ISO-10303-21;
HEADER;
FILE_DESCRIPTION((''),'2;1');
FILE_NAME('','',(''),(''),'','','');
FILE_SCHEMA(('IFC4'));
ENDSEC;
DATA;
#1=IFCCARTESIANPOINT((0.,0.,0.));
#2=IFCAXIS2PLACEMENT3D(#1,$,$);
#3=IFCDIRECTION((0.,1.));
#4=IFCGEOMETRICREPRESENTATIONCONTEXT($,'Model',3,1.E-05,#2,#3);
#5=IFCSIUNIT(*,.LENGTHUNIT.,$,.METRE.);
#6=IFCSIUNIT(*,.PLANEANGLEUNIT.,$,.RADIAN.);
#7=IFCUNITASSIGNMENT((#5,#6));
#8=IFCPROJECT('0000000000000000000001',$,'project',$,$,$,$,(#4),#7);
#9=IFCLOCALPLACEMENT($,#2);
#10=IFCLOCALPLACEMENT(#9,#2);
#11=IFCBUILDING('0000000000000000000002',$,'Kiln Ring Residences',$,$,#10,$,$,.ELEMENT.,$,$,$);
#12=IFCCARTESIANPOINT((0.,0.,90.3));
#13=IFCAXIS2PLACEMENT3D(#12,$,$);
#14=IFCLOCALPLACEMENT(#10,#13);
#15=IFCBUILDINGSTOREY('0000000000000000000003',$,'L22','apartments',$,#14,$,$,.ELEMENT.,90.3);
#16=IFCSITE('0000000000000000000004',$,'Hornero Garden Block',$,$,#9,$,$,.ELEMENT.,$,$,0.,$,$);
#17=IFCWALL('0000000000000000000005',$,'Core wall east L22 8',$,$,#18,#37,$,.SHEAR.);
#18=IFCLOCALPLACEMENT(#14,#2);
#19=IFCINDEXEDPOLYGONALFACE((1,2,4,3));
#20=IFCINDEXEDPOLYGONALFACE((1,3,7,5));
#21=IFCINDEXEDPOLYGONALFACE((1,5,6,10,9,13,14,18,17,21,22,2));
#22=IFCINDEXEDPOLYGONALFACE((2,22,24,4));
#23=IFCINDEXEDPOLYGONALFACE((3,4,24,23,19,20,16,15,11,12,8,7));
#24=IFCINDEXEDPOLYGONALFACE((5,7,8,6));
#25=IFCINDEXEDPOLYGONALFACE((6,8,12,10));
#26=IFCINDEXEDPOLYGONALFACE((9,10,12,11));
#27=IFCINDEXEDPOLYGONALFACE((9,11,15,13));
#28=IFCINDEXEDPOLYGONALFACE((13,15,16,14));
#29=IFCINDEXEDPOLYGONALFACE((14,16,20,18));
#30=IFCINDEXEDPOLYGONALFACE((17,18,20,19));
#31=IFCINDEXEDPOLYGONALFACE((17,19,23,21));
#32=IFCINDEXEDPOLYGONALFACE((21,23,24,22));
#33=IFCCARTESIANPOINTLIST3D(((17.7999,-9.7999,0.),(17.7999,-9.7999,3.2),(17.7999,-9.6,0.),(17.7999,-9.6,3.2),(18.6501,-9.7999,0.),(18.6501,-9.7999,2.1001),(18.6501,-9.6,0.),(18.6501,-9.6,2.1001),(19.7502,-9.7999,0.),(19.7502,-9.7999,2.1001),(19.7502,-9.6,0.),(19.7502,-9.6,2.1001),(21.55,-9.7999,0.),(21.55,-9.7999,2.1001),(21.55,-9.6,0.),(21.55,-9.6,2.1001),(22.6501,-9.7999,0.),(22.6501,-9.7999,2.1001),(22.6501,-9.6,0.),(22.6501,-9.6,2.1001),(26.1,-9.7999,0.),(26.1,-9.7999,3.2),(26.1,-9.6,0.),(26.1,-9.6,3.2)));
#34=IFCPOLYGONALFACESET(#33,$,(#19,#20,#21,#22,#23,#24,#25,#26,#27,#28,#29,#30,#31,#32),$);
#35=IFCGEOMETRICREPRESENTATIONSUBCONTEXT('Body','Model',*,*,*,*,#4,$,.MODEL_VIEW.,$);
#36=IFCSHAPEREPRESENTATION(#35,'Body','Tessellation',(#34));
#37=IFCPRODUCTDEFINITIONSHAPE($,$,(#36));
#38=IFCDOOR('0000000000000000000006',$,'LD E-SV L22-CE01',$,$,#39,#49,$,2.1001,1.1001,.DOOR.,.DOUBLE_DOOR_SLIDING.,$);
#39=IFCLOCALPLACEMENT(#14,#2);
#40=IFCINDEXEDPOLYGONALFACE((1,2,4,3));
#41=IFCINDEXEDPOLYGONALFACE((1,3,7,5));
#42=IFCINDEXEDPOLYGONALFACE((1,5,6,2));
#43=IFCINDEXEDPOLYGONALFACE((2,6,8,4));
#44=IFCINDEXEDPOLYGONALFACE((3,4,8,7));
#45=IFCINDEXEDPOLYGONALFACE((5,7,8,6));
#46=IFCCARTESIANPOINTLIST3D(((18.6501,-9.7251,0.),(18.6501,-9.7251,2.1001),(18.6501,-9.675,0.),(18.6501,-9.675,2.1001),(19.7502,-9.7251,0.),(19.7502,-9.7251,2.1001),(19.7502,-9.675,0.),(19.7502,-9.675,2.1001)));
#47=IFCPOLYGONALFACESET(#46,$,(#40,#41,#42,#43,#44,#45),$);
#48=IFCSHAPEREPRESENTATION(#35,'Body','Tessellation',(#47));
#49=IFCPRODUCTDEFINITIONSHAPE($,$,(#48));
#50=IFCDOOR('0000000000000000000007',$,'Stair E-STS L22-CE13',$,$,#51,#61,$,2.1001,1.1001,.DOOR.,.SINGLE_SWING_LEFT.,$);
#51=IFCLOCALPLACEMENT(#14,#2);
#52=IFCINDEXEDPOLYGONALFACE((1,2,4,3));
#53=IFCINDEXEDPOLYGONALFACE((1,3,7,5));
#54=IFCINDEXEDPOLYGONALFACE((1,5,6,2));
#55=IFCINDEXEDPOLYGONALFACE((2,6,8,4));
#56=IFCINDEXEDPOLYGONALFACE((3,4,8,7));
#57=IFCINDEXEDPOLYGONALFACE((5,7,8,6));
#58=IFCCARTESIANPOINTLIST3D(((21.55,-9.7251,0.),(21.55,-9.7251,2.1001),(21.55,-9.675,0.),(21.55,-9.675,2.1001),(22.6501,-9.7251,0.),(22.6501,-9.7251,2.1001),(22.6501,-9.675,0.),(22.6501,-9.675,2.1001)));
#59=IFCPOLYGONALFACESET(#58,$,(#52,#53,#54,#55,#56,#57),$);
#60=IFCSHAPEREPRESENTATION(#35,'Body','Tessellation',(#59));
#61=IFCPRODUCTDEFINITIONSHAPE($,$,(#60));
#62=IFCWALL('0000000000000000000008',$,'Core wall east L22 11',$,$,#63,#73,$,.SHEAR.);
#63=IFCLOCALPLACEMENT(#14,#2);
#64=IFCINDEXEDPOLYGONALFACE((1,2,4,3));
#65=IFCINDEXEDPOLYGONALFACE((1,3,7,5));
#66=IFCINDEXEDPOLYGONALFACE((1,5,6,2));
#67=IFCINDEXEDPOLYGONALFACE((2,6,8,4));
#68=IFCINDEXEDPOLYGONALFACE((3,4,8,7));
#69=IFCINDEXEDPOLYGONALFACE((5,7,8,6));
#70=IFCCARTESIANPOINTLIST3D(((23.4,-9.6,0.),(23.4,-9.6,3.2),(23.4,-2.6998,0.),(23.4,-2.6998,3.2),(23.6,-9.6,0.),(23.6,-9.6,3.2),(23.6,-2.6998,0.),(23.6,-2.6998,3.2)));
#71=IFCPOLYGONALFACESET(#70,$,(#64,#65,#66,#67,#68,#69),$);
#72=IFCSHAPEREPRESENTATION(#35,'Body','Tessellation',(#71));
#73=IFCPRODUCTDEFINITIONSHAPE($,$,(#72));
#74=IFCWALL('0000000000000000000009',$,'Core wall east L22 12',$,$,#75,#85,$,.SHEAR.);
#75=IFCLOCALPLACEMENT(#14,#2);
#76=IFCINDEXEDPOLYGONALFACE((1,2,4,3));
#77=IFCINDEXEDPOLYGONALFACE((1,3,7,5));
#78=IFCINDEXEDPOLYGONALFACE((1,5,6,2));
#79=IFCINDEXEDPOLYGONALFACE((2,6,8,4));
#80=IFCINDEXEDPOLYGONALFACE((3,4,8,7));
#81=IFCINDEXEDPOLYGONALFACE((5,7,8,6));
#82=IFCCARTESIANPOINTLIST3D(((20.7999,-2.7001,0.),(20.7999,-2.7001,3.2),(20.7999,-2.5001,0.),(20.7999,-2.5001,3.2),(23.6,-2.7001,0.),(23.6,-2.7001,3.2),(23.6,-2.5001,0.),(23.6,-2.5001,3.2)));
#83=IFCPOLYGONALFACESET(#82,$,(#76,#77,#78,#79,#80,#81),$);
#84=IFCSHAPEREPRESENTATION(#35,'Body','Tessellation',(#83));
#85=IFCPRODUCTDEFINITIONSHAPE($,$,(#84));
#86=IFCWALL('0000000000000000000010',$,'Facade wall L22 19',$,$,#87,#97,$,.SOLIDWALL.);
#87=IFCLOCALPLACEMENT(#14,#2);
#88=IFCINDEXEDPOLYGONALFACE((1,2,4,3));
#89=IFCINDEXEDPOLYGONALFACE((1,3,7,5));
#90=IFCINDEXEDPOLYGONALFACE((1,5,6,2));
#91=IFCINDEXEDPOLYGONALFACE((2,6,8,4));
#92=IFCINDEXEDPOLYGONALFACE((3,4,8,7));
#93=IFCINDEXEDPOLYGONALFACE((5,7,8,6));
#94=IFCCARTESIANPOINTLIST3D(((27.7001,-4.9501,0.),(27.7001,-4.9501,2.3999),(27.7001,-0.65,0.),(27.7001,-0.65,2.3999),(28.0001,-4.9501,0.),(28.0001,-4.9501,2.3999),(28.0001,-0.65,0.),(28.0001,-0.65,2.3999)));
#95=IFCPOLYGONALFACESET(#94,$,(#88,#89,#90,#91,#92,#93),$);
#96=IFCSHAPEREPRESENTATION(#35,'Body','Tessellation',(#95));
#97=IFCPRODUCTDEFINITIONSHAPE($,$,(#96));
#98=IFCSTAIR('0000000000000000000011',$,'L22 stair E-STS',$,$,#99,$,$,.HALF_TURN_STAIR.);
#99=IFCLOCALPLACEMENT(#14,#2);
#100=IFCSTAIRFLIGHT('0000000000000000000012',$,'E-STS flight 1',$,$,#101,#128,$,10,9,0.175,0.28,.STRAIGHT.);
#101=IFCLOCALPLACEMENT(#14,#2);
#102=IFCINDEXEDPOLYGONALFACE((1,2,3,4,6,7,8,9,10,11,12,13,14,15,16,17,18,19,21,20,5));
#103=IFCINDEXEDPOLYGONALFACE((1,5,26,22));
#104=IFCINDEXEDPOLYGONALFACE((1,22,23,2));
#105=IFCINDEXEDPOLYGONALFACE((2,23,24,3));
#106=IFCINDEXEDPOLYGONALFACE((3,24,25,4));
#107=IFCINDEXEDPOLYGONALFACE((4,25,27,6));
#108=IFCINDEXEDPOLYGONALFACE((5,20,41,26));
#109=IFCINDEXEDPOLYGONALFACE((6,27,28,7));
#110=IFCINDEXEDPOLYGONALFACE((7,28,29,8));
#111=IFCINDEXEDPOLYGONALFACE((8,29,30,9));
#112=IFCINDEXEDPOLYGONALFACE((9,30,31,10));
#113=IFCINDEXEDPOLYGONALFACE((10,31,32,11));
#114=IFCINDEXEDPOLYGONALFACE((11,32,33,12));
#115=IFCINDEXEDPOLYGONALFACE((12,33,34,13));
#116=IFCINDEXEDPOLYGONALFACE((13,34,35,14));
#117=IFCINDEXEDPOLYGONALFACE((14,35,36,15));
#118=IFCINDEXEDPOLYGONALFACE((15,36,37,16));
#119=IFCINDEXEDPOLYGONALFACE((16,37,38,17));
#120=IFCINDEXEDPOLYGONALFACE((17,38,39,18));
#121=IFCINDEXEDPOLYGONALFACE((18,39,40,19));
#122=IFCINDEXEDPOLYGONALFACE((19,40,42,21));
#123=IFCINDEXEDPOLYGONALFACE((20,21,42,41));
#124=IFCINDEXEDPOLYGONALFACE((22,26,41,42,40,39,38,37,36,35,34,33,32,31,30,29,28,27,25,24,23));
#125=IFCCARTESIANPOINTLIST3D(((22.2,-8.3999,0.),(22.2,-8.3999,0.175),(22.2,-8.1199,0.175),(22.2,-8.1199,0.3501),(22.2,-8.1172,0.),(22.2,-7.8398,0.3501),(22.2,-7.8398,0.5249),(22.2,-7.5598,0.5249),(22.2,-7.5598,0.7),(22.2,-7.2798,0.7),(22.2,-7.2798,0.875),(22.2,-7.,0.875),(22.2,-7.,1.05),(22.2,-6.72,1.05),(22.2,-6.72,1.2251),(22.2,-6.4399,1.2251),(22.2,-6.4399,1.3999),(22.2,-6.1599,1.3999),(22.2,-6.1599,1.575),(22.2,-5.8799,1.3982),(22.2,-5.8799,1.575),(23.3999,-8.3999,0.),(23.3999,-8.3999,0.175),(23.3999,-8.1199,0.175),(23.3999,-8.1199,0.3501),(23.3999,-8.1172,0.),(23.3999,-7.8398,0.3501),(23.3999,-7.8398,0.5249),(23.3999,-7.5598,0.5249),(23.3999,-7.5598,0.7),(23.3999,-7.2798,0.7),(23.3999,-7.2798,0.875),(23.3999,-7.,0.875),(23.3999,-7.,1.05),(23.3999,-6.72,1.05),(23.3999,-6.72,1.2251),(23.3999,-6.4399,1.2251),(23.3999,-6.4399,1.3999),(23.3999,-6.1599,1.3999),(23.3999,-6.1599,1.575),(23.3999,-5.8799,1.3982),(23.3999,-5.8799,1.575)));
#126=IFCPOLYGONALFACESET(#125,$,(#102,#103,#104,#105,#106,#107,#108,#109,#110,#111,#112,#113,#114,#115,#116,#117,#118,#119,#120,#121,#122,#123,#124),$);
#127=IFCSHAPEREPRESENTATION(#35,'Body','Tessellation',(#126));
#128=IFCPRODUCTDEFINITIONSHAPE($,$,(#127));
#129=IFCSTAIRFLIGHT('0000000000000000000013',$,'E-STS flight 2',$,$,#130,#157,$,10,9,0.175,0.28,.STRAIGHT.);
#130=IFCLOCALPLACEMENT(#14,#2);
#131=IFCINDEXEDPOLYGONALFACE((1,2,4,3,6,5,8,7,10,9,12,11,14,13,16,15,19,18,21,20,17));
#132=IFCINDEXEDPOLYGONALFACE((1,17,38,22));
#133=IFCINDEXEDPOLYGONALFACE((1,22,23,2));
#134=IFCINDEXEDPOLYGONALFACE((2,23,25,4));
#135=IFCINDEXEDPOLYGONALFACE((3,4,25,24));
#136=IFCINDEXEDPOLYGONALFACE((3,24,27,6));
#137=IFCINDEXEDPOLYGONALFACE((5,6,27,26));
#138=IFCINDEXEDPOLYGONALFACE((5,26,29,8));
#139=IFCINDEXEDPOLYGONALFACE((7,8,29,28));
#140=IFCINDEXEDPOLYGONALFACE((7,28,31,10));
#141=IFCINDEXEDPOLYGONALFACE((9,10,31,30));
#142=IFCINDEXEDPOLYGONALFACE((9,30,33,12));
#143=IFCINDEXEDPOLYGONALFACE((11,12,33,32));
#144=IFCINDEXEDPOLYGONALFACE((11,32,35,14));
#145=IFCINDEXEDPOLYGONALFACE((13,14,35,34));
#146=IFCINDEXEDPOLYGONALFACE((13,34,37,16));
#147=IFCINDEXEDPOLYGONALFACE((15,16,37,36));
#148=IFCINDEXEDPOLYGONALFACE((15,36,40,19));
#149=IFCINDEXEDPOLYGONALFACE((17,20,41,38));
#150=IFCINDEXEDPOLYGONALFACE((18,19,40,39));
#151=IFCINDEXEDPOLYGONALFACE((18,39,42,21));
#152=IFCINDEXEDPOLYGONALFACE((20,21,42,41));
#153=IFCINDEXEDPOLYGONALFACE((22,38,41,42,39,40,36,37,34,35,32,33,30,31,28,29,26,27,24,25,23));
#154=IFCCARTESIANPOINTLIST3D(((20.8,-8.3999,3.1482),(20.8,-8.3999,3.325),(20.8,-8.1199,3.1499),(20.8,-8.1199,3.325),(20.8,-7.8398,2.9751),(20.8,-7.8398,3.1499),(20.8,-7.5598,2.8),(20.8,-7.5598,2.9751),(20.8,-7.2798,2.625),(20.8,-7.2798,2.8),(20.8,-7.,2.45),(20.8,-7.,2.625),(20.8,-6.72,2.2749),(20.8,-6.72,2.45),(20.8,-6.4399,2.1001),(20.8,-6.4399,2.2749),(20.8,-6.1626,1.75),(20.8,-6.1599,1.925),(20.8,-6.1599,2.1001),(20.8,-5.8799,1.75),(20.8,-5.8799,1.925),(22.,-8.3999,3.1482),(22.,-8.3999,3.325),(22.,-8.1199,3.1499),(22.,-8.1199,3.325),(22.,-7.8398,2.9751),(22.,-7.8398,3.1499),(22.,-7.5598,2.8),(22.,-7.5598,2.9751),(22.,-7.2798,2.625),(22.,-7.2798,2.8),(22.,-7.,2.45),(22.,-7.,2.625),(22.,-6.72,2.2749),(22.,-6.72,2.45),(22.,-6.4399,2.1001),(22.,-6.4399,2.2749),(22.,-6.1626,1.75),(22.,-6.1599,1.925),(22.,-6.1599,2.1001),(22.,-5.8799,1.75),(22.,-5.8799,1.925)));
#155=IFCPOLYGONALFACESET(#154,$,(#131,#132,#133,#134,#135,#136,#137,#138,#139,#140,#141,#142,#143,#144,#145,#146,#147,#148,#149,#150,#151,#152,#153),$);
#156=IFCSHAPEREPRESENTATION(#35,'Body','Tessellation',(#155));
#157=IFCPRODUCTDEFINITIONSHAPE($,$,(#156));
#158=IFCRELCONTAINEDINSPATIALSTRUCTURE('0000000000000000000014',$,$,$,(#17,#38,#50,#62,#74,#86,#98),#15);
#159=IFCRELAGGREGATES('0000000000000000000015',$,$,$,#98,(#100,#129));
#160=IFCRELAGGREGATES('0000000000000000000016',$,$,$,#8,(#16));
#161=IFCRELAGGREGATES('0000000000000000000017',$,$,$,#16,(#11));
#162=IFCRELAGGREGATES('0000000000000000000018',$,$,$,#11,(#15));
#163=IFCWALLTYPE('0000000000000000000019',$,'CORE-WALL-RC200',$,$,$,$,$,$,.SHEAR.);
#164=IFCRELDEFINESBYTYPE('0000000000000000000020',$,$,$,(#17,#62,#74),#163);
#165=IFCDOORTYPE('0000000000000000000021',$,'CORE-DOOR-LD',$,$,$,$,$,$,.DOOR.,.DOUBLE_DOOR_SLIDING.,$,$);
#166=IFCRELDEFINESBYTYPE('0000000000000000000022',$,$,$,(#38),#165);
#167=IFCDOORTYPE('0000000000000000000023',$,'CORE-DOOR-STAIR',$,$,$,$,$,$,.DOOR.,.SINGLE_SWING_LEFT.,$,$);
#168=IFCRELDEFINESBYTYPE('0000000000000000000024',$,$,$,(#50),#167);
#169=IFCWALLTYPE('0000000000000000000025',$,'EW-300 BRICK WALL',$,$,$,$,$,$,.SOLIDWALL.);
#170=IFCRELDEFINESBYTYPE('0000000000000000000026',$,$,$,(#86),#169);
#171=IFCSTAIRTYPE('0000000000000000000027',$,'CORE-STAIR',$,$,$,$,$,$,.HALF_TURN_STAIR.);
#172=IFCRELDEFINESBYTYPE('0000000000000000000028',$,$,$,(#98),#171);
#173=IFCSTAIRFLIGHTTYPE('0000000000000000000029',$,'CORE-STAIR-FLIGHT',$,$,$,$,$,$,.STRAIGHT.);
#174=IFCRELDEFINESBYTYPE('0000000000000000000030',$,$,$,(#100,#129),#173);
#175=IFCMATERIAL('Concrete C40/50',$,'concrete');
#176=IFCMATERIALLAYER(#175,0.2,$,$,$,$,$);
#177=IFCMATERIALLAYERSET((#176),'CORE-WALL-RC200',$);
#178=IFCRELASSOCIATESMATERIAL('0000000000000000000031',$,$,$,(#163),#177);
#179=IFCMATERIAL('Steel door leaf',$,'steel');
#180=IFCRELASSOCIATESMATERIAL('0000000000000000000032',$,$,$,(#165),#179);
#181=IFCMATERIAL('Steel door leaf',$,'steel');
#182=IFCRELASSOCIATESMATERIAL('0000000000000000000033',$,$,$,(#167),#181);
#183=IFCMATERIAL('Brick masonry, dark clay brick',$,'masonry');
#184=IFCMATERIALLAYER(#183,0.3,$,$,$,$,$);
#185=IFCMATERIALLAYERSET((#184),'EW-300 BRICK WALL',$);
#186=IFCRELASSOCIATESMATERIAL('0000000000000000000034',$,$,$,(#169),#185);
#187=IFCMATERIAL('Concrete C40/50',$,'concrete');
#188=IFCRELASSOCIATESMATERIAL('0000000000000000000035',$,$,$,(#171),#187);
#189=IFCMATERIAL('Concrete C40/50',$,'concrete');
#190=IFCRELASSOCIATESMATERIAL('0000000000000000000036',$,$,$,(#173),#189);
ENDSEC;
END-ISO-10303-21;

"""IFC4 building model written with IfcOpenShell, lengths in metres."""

from ifc_helpers import new_model, si_unit, direction, frame, frame_2d, origin, place, context, subcontext, project, spatial, polyline, rectangle, outline, extrude, material, layer, layer_set, type_object, element, fill, aggregate, save


model = new_model("IFC4")

# Units and contexts
model_context = context("Model", 3, precision=1e-05, world=origin(), true_north=direction((0.0, 1.0)))
body_context = subcontext(model_context, "Body", "Model", "MODEL_VIEW")
ifc_project = project(units=[si_unit("LENGTHUNIT", "METRE"), si_unit("PLANEANGLEUNIT", "RADIAN")], contexts=[model_context])

# Site, building, storey
site_placement = place(None, origin())
site = spatial("IfcSite", under=ifc_project, at=site_placement, Name="Hornero Garden Block", CompositionType="ELEMENT", RefElevation=0.0)
building_placement = place(site_placement, origin())
building = spatial("IfcBuilding", under=site, at=building_placement, Name="Kiln Ring Residences", CompositionType="ELEMENT")
storey_placement = place(building_placement, frame((0.0, 0.0, 90.3)))
storey = spatial("IfcBuildingStorey", under=building, at=storey_placement, Name="L22", Description="apartments", CompositionType="ELEMENT", Elevation=90.3)

# Shared definitions
ifc_material_1 = material(Name="Concrete C40/50", Category="concrete")
ifc_layer_1 = layer(ifc_material_1, 0.2)
ifc_layer_set_1 = layer_set([ifc_layer_1], Name="CORE-WALL-RC200")
wall_type_1 = type_object("IfcWallType", Name="CORE-WALL-RC200", PredefinedType="SHEAR", material=ifc_layer_set_1)

# Wall, openings, doors
wall_1_placement = place(storey_placement, frame((17.8, -9.7, 0.0), z_axis=(0.0, 0.0, 1.0), x_axis=(1.0, 0.0, 0.0)))
wall_1 = element("IfcWall", 1, at=wall_1_placement, inside=storey, type_object=wall_type_1, Name="Core wall east L22 8", PredefinedType="SHEAR", context=body_context, shape_type="SweptSolid", body=[
    extrude(rectangle(XDim=8.3, YDim=0.2, at=frame_2d((4.1499, 0.0))), origin(), (0.0, 0.0, 1.0), 3.2),
])
opening_1_placement = place(wall_1_placement, frame((0.8501, 0.0, 0.0)))
opening_1 = element("IfcOpeningElement", 2, at=opening_1_placement, cuts=wall_1, PredefinedType="OPENING", context=body_context, shape_type="SweptSolid", body=[
    extrude(rectangle(XDim=1.1001, YDim=2.1001, at=frame_2d((0.55, 1.05))), frame((0.0, 0.1099, 0.0), z_axis=(0.0, -1.0, 0.0), x_axis=(1.0, 0.0, 0.0)), (0.0, 0.0, 1.0), 0.22),
])
opening_2_placement = place(wall_1_placement, frame((3.75, 0.0, 0.0)))
opening_2 = element("IfcOpeningElement", 3, at=opening_2_placement, cuts=wall_1, PredefinedType="OPENING", context=body_context, shape_type="SweptSolid", body=[
    extrude(rectangle(XDim=1.1001, YDim=2.1001, at=frame_2d((0.55, 1.05))), frame((0.0, 0.1099, 0.0), z_axis=(0.0, -1.0, 0.0), x_axis=(1.0, 0.0, 0.0)), (0.0, 0.0, 1.0), 0.22),
])
ifc_material_2 = material(Name="Steel door leaf", Category="steel")
door_type_1 = type_object("IfcDoorType", Name="CORE-DOOR-LD", OperationType="DOUBLE_DOOR_SLIDING", PredefinedType="DOOR", material=ifc_material_2)
door_1_placement = place(opening_1_placement, origin())
door_1 = element("IfcDoor", 4, at=door_1_placement, inside=storey, type_object=door_type_1, Name="LD E-SV L22-CE01", OperationType="DOUBLE_DOOR_SLIDING", OverallHeight=2.1001, OverallWidth=1.1001, PredefinedType="DOOR", context=body_context, shape_type="SweptSolid", body=[
    extrude(rectangle(XDim=1.1001, YDim=2.1001, at=frame_2d((0.55, 1.05))), frame((0.0, 0.0249, 0.0), z_axis=(0.0, -1.0, 0.0), x_axis=(1.0, 0.0, 0.0)), (0.0, 0.0, 1.0), 0.05),
])
fill(opening_1, door_1)
ifc_material_3 = material(Name="Steel door leaf", Category="steel")
door_type_2 = type_object("IfcDoorType", Name="CORE-DOOR-STAIR", OperationType="SINGLE_SWING_LEFT", PredefinedType="DOOR", material=ifc_material_3)
door_2_placement = place(opening_2_placement, origin())
door_2 = element("IfcDoor", 5, at=door_2_placement, inside=storey, type_object=door_type_2, Name="Stair E-STS L22-CE13", OperationType="SINGLE_SWING_LEFT", OverallHeight=2.1001, OverallWidth=1.1001, PredefinedType="DOOR", context=body_context, shape_type="SweptSolid", body=[
    extrude(rectangle(XDim=1.1001, YDim=2.1001, at=frame_2d((0.55, 1.05))), frame((0.0, 0.0249, 0.0), z_axis=(0.0, -1.0, 0.0), x_axis=(1.0, 0.0, 0.0)), (0.0, 0.0, 1.0), 0.05),
])
fill(opening_2, door_2)

# Walls
wall_2_placement = place(storey_placement, frame((23.5, -9.6001, 0.0), z_axis=(0.0, 0.0, 1.0), x_axis=(0.0, 1.0, 0.0)))
element("IfcWall", 6, at=wall_2_placement, inside=storey, type_object=wall_type_1, Name="Core wall east L22 11", PredefinedType="SHEAR", context=body_context, shape_type="SweptSolid", body=[
    extrude(rectangle(XDim=6.9001, YDim=0.2, at=frame_2d((3.4502, 0.0))), origin(), (0.0, 0.0, 1.0), 3.2),
])
wall_3_placement = place(storey_placement, frame((20.8, -2.6001, 0.0), z_axis=(0.0, 0.0, 1.0), x_axis=(1.0, 0.0, 0.0)))
element("IfcWall", 7, at=wall_3_placement, inside=storey, type_object=wall_type_1, Name="Core wall east L22 12", PredefinedType="SHEAR", context=body_context, shape_type="SweptSolid", body=[
    extrude(rectangle(XDim=2.8, YDim=0.2, at=frame_2d((1.3999, 0.0))), origin(), (0.0, 0.0, 1.0), 3.2),
])
ifc_material_4 = material(Name="Brick masonry, dark clay brick", Category="masonry")
ifc_layer_2 = layer(ifc_material_4, 0.3)
ifc_layer_set_2 = layer_set([ifc_layer_2], Name="EW-300 BRICK WALL")
wall_type_2 = type_object("IfcWallType", Name="EW-300 BRICK WALL", PredefinedType="SOLIDWALL", material=ifc_layer_set_2)
wall_4_placement = place(storey_placement, frame((27.8501, -4.95, 0.0), z_axis=(0.0, 0.0, 1.0), x_axis=(0.0, 1.0, 0.0)))
element("IfcWall", 8, at=wall_4_placement, inside=storey, type_object=wall_type_2, Name="Facade wall L22 19", PredefinedType="SOLIDWALL", context=body_context, shape_type="SweptSolid", body=[
    extrude(rectangle(XDim=4.3, YDim=0.3, at=frame_2d((2.1499, 0.0))), origin(), (0.0, 0.0, 1.0), 2.3999),
])

# Stair, stair flights
ifc_material_5 = material(Name="Concrete C40/50", Category="concrete")
stair_type = type_object("IfcStairType", Name="CORE-STAIR", PredefinedType="HALF_TURN_STAIR", material=ifc_material_5)
stair_placement = place(storey_placement, origin())
stair = element("IfcStair", 9, at=stair_placement, inside=storey, type_object=stair_type, Name="L22 stair E-STS", PredefinedType="HALF_TURN_STAIR")
ifc_material_6 = material(Name="Concrete C40/50", Category="concrete")
stair_flight_type = type_object("IfcStairFlightType", Name="CORE-STAIR-FLIGHT", PredefinedType="STRAIGHT", material=ifc_material_6)
stair_flight_1_placement = place(storey_placement, frame((22.8, -8.3999, 0.0), z_axis=(0.0, 0.0, 1.0), x_axis=(0.0, 1.0, 0.0)))
stair_flight_1 = element("IfcStairFlight", 10, at=stair_flight_1_placement, type_object=stair_flight_type, Name="E-STS flight 1", NumberOfRisers=10, NumberOfTreads=9, PredefinedType="STRAIGHT", RiserHeight=0.175, TreadLength=0.28, context=body_context, shape_type="SweptSolid", body=[
    extrude(outline(polyline([(0.0, 0.0), (0.0, 0.175), (0.28, 0.175), (0.28, 0.3501), (0.5601, 0.3501), (0.5601, 0.5249), (0.8401, 0.5249), (0.8401, 0.7), (1.1201, 0.7), (1.1201, 0.875), (1.3999, 0.875), (1.3999, 1.05), (1.6799, 1.05), (1.6799, 1.2251), (1.96, 1.2251), (1.96, 1.3999), (2.24, 1.3999), (2.24, 1.575), (2.52, 1.575), (2.52, 1.75), (2.52, 1.3982), (0.2827, 0.0), (0.0, 0.0)])), frame((0.0, 0.6001, 0.0), z_axis=(0.0, -1.0, 0.0), x_axis=(1.0, 0.0, 0.0)), (0.0, 0.0, 1.0), 1.2),
])
stair_flight_2_placement = place(storey_placement, frame((21.3999, -5.8799, 1.75), z_axis=(0.0, 0.0, 1.0), x_axis=(0.0, -1.0, 0.0)))
stair_flight_2 = element("IfcStairFlight", 11, at=stair_flight_2_placement, type_object=stair_flight_type, Name="E-STS flight 2", NumberOfRisers=10, NumberOfTreads=9, PredefinedType="STRAIGHT", RiserHeight=0.175, TreadLength=0.28, context=body_context, shape_type="SweptSolid", body=[
    extrude(outline(polyline([(0.0, 0.0), (0.0, 0.175), (0.28, 0.175), (0.28, 0.3501), (0.5601, 0.3501), (0.5601, 0.5249), (0.8401, 0.5249), (0.8401, 0.7), (1.1201, 0.7), (1.1201, 0.875), (1.3999, 0.875), (1.3999, 1.05), (1.6799, 1.05), (1.6799, 1.2251), (1.96, 1.2251), (1.96, 1.3999), (2.24, 1.3999), (2.24, 1.575), (2.52, 1.575), (2.52, 1.75), (2.52, 1.3982), (0.2827, 0.0), (0.0, 0.0)])), frame((0.0, 0.6001, 0.0), z_axis=(0.0, -1.0, 0.0), x_axis=(1.0, 0.0, 0.0)), (0.0, 0.0, 1.0), 1.2),
])
aggregate(stair, [stair_flight_1, stair_flight_2])

save(model, "model.ifc")
